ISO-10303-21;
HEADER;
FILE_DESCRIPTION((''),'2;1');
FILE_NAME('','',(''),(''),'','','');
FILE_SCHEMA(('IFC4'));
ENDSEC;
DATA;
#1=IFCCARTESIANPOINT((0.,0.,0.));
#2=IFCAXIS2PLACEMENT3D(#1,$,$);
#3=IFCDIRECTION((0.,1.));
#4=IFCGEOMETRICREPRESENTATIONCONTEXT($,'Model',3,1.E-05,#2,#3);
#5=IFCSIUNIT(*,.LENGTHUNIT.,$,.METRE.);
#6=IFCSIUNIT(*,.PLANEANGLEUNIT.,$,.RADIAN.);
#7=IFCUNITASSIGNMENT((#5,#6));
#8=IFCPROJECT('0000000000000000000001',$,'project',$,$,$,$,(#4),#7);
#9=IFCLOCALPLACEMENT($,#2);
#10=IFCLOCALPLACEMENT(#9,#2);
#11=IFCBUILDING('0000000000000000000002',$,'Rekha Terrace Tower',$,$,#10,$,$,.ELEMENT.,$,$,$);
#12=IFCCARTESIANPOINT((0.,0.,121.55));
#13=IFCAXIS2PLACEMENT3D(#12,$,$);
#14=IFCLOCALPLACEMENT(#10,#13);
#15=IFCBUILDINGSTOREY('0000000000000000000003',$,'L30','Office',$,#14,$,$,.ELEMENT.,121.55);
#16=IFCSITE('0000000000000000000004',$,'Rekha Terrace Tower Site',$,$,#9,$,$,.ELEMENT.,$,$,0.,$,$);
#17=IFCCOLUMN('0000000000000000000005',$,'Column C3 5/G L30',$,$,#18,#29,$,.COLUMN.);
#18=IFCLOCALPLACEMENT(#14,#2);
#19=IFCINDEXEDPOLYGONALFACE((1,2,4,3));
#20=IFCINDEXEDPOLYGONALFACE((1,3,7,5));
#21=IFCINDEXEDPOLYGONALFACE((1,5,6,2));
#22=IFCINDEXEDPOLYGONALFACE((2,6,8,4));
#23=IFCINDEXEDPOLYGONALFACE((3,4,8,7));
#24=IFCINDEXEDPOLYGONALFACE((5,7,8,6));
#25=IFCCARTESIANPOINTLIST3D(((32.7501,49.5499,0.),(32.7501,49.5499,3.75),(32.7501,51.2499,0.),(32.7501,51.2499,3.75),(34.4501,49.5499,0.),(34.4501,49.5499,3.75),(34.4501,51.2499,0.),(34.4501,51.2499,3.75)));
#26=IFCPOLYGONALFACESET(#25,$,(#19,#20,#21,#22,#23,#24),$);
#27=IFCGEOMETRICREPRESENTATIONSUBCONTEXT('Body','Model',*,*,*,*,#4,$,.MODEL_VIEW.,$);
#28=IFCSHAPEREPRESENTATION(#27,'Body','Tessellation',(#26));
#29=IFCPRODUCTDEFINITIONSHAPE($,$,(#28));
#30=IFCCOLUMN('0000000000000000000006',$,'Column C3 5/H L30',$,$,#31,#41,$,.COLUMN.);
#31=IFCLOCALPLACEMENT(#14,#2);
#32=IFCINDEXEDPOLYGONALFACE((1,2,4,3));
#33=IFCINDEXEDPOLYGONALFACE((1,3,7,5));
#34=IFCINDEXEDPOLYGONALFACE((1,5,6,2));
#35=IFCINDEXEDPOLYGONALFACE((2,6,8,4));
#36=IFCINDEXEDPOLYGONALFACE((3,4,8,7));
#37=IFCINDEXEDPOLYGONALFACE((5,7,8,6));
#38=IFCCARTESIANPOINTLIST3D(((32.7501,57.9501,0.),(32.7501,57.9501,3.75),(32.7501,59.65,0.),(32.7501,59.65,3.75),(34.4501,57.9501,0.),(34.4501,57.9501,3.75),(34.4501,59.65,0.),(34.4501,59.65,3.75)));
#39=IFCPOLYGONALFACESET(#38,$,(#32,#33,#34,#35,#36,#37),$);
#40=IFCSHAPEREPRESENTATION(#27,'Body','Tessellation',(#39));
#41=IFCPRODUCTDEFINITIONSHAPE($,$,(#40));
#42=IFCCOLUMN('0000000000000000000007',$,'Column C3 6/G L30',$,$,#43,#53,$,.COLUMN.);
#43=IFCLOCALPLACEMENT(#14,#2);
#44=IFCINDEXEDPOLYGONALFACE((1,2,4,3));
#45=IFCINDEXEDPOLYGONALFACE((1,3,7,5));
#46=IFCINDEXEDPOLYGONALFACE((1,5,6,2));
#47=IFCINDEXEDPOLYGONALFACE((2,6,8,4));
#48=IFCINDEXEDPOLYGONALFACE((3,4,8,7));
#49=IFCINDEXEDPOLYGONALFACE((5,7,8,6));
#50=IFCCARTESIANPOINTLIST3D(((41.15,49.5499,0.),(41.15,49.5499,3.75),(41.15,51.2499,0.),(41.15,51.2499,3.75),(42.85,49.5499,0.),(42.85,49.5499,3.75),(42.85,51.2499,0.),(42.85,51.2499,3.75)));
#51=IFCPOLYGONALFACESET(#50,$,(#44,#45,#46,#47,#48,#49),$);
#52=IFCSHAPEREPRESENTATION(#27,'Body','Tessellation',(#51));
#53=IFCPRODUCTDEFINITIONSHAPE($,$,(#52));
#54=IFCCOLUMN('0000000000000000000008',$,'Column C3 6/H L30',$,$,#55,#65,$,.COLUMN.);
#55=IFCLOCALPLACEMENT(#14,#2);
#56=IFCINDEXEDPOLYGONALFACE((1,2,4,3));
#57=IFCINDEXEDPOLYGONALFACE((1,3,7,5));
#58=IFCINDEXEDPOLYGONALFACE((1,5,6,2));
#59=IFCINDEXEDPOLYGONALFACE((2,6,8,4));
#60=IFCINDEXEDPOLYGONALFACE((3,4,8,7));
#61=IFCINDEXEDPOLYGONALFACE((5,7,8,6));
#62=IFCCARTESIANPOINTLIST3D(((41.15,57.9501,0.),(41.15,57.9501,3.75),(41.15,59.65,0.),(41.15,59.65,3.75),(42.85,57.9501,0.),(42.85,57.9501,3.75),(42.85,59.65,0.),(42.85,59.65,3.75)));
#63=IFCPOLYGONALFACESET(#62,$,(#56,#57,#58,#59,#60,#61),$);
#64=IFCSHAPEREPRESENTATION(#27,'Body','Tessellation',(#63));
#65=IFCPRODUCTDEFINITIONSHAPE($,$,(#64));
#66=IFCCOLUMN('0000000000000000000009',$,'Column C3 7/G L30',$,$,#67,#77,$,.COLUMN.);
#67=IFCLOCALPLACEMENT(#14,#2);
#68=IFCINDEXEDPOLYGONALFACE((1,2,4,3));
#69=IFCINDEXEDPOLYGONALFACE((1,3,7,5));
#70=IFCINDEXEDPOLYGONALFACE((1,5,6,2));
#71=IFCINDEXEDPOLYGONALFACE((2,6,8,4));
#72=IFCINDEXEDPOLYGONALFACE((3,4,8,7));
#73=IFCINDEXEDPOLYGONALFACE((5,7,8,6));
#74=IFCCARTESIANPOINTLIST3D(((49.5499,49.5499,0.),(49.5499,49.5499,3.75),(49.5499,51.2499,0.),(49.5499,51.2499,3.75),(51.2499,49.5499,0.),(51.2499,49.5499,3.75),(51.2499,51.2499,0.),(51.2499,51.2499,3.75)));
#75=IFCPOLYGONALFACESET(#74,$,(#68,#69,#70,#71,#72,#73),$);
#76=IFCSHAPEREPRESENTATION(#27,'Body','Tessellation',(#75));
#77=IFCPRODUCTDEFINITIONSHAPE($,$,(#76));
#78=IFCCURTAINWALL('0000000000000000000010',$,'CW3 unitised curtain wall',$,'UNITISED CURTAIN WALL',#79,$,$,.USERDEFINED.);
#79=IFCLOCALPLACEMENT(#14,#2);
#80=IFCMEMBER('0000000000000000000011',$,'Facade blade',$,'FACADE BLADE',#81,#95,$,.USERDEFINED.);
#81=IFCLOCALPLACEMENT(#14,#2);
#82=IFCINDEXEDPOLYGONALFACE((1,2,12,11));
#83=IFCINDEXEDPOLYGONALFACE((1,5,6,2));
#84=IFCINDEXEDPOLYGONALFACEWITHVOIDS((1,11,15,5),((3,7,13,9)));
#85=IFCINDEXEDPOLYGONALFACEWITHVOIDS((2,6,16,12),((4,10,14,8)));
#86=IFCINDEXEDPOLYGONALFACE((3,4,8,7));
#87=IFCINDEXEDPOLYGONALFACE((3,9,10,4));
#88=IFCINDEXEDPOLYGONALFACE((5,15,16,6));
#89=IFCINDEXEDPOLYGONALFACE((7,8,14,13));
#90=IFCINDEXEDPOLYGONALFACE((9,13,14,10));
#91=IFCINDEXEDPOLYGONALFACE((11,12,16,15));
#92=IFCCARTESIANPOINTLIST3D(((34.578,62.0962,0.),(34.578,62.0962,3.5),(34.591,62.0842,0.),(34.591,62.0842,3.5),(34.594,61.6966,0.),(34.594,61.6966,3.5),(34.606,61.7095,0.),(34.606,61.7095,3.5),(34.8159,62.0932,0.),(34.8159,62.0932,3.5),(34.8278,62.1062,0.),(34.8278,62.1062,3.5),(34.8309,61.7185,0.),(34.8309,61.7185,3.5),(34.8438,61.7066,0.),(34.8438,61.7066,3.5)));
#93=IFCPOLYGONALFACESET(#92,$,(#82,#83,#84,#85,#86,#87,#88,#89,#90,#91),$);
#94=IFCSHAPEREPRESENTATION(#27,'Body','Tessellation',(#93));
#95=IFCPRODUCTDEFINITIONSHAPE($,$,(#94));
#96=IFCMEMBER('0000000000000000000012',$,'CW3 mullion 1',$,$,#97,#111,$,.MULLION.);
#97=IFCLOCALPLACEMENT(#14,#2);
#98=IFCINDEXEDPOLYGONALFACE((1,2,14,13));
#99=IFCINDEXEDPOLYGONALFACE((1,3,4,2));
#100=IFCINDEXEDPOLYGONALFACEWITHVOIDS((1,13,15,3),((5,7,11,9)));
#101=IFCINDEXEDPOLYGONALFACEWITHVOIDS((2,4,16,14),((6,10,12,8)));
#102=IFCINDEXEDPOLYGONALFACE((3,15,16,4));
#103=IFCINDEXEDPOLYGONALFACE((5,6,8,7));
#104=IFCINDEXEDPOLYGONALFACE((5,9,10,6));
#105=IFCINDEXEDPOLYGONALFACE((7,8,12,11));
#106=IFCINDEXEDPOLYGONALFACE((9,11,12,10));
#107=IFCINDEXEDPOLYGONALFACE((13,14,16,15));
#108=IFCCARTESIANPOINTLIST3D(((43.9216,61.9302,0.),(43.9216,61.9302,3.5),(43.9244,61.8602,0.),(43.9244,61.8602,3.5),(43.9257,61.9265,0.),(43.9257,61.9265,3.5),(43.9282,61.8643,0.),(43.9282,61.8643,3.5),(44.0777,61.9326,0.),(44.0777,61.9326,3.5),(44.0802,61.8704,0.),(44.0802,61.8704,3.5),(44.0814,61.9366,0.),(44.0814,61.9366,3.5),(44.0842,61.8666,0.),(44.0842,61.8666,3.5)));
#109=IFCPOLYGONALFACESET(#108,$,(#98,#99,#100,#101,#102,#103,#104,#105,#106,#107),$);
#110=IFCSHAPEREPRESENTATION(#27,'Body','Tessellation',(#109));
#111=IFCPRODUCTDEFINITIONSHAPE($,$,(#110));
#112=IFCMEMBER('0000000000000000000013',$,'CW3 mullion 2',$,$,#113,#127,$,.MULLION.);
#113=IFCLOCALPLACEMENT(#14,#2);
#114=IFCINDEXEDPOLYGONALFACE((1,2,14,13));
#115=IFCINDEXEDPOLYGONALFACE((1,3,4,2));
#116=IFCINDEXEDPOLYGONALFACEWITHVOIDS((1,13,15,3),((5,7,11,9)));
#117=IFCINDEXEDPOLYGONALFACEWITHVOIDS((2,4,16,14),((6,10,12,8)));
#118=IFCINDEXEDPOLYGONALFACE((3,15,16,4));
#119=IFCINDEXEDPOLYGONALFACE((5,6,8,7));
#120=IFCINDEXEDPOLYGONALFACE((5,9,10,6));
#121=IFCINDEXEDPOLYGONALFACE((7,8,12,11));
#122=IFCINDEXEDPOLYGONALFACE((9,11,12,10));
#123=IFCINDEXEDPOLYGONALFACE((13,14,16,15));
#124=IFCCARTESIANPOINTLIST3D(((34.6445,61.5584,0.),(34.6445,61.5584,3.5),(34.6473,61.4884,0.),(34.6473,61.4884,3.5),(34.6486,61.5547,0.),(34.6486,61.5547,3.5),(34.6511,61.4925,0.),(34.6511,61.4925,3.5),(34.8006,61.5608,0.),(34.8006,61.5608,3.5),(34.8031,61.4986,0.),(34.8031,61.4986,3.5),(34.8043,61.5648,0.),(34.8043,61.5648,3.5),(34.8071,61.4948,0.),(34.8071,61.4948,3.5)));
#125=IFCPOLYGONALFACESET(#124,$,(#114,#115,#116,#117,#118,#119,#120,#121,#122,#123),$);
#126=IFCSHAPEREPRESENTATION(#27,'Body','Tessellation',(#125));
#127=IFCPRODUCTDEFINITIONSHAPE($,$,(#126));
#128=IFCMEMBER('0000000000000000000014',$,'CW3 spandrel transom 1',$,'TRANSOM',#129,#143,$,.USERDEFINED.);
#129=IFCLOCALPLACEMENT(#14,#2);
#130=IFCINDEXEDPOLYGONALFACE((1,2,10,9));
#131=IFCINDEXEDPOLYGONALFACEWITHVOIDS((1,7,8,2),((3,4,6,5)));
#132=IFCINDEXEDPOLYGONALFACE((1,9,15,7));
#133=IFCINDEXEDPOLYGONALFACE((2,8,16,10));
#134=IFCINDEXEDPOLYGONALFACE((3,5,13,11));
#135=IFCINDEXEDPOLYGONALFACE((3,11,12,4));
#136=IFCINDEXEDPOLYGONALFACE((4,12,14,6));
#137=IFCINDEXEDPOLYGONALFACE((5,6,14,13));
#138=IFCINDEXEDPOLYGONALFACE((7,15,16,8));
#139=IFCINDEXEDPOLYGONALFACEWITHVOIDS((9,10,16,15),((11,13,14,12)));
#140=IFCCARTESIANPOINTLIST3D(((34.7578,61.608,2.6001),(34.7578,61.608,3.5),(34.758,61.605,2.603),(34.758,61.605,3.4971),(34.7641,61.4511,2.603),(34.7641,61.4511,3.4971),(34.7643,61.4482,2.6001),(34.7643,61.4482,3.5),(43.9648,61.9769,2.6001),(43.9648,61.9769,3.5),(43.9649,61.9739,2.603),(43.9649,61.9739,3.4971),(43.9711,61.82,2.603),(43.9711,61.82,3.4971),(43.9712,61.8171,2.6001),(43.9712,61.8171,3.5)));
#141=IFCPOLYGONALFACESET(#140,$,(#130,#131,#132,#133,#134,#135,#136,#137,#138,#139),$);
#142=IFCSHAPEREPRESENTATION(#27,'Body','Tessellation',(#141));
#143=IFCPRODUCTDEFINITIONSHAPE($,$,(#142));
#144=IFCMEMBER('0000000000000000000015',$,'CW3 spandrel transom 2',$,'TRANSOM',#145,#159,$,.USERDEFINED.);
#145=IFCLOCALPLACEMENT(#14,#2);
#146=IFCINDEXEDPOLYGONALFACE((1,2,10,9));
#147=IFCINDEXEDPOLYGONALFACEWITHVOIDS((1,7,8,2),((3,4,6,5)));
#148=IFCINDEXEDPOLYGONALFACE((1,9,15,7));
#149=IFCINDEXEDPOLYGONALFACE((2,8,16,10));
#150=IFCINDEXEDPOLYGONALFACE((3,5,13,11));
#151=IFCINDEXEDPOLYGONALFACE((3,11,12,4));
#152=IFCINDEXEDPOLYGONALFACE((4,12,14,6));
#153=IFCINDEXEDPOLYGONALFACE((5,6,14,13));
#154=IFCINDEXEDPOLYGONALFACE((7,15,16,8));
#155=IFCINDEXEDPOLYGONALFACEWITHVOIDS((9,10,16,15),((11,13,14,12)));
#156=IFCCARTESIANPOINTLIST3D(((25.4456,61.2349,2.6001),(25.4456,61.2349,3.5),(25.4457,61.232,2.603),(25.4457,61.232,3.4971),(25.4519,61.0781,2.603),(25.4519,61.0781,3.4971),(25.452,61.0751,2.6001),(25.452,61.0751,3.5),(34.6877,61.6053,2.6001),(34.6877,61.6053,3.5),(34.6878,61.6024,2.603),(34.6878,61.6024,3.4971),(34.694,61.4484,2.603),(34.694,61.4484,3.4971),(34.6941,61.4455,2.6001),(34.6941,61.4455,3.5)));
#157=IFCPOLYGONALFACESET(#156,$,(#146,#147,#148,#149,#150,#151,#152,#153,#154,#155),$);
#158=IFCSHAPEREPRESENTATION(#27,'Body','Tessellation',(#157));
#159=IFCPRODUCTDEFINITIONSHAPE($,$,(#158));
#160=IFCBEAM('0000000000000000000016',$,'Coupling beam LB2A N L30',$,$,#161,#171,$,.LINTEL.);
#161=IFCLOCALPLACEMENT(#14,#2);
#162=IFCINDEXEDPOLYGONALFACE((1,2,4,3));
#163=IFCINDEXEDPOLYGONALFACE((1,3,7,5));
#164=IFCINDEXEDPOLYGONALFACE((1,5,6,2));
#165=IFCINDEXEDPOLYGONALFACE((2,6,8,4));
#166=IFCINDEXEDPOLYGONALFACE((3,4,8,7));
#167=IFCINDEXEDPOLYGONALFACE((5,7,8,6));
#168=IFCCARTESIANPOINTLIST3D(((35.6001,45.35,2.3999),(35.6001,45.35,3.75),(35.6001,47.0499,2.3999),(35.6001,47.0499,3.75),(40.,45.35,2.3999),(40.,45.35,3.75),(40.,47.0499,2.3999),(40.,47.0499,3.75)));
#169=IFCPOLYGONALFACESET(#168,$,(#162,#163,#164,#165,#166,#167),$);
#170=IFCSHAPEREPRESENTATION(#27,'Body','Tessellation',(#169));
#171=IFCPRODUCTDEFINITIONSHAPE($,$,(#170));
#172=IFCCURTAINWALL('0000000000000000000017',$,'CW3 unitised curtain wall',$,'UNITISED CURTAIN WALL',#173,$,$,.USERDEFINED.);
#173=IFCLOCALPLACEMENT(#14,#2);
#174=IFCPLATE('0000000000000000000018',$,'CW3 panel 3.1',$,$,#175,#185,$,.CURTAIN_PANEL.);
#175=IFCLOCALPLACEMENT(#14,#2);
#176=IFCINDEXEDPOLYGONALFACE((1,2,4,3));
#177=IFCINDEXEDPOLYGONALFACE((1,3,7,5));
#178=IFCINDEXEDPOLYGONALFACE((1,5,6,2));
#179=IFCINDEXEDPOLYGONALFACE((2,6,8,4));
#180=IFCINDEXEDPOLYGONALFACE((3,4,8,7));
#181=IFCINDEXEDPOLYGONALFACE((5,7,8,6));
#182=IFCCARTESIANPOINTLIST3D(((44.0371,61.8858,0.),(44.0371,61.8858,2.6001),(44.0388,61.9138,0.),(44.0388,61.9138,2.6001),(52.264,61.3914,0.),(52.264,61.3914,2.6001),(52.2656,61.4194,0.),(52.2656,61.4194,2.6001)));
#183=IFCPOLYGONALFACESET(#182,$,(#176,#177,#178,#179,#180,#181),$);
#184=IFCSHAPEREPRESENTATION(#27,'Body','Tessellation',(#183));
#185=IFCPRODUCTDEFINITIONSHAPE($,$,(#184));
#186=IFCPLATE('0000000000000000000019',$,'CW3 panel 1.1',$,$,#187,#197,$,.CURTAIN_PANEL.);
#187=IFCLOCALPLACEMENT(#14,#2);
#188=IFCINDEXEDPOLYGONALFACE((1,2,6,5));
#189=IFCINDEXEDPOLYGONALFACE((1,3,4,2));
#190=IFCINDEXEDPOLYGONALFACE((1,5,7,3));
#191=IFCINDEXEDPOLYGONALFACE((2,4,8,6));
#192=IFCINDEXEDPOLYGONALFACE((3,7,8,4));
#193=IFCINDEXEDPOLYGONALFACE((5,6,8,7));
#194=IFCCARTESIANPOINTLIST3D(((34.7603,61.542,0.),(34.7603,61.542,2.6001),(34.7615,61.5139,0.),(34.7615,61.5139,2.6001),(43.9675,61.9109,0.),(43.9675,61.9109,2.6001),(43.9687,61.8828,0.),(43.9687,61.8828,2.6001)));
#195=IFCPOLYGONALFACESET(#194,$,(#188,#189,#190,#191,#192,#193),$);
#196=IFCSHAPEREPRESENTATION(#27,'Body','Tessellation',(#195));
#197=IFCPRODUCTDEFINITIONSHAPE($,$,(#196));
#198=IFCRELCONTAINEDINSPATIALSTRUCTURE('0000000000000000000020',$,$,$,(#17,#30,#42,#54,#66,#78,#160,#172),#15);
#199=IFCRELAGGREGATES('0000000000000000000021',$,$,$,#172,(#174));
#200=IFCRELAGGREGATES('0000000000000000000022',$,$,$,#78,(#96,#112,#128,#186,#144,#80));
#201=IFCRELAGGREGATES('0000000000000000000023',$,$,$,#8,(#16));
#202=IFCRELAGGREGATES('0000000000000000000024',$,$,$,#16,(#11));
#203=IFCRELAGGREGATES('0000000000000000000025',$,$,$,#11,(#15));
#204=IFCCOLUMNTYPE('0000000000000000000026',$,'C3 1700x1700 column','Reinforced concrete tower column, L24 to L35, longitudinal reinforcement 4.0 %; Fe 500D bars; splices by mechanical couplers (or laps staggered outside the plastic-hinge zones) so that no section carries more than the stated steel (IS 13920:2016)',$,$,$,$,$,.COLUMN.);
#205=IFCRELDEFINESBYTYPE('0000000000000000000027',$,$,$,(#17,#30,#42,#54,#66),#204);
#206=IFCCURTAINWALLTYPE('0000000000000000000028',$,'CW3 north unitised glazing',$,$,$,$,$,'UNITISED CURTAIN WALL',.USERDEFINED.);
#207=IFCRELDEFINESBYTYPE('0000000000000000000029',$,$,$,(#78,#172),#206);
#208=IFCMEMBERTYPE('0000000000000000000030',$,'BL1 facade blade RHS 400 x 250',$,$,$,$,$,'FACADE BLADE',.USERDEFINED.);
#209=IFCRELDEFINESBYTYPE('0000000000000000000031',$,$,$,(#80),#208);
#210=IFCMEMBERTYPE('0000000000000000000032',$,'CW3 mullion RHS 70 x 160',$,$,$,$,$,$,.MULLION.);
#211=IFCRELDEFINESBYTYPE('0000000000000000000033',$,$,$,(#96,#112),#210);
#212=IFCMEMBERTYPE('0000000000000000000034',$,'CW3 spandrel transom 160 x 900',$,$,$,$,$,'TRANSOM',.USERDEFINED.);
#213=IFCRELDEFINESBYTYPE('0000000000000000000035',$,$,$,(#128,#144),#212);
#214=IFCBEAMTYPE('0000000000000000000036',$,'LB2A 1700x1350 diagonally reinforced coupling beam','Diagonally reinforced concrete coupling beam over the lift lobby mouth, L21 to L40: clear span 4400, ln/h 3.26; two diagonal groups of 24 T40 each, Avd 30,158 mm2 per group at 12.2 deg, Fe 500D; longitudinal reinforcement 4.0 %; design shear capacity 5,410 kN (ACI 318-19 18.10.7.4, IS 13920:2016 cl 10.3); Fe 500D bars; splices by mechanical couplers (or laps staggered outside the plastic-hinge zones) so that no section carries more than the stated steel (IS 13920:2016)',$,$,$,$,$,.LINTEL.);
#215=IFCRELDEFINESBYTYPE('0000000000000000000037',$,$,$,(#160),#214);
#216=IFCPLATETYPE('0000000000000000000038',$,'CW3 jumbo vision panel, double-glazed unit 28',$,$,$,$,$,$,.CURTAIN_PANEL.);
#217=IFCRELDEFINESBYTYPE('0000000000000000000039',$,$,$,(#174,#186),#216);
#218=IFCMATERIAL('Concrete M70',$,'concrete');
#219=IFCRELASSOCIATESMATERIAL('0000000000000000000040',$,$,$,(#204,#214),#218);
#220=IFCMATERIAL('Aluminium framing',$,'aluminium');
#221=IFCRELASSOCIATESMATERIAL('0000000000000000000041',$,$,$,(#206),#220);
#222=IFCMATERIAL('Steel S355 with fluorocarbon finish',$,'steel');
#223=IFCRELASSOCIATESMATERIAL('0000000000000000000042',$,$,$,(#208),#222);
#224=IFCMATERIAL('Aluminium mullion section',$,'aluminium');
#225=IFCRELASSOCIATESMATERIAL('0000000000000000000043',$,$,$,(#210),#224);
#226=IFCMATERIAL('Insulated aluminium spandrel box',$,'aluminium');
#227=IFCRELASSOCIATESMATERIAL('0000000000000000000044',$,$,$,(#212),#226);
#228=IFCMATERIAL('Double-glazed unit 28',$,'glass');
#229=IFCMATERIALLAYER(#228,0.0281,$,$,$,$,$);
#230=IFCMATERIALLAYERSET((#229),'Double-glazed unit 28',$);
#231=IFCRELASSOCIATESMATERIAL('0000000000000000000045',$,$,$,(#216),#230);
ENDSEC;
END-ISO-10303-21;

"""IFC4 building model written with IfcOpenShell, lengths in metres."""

from ifc_helpers import new_model, si_unit, direction, frame, origin, origin_2d, place, context, subcontext, project, spatial, rectangle, hollow_rectangle, extrude, material, layer, layer_set, material_profile, profile_set, type_object, element, aggregate, save


model = new_model("IFC4")

# Units and contexts
model_context = context("Model", 3, precision=1e-05, world=origin(), true_north=direction((0.0, 1.0)))
body_context = subcontext(model_context, "Body", "Model", "MODEL_VIEW")
ifc_project = project(units=[si_unit("LENGTHUNIT", "METRE"), si_unit("PLANEANGLEUNIT", "RADIAN")], contexts=[model_context])

# Site, building, storey
site_placement = place(None, origin())
site = spatial("IfcSite", under=ifc_project, at=site_placement, Name="Rekha Terrace Tower Site", CompositionType="ELEMENT", RefElevation=0.0)
building_placement = place(site_placement, origin())
building = spatial("IfcBuilding", under=site, at=building_placement, Name="Rekha Terrace Tower", CompositionType="ELEMENT")
storey_placement = place(building_placement, frame((0.0, 0.0, 121.55)))
storey = spatial("IfcBuildingStorey", under=building, at=storey_placement, Name="L30", Description="Office", CompositionType="ELEMENT", Elevation=121.55)

# Columns
ifc_material_1 = material(Name="Concrete M70", Category="concrete")
ifc_material_profile_1 = material_profile(ifc_material_1, rectangle(XDim=1.7, YDim=1.7, at=origin_2d()), Name="RC 1700x1700")
ifc_profile_set_1 = profile_set([ifc_material_profile_1], Name="Concrete M70")
column_type = type_object("IfcColumnType", Name="C3 1700x1700 column", Description="Reinforced concrete tower column, L24 to L35, longitudinal reinforcement 4.0 %; Fe 500D bars; splices by mechanical couplers (or laps staggered outside the plastic-hinge zones) so that no section carries more than the stated steel (IS 13920:2016)", PredefinedType="COLUMN", material=ifc_profile_set_1)
for number, where, z_axis, x_axis, name in (
    (1, (33.6001, 50.3999, 0.0), (0.0, 0.0, 1.0), (1.0, 0.0, 0.0), "Column C3 5/G L30"),
    (2, (33.6001, 58.8, 0.0), (0.0, 0.0, 1.0), (1.0, 0.0, 0.0), "Column C3 5/H L30"),
    (3, (42.0, 50.3999, 0.0), (0.0, 0.0, 1.0), (1.0, 0.0, 0.0), "Column C3 6/G L30"),
    (4, (42.0, 58.8, 0.0), (0.0, 0.0, 1.0), (1.0, 0.0, 0.0), "Column C3 6/H L30"),
    (5, (50.3999, 50.3999, 0.0), (0.0, 0.0, 1.0), (1.0, 0.0, 0.0), "Column C3 7/G L30"),
):
    element("IfcColumn", number, at=place(storey_placement, frame(where, z_axis=z_axis, x_axis=x_axis)), inside=storey, type_object=column_type, Name=name, PredefinedType="COLUMN", context=body_context, shape_type="SweptSolid", body=[
        extrude(rectangle(XDim=1.7, YDim=1.7, at=origin_2d()), origin(), (0.0, 0.0, 1.0), 3.75),
    ])

# Curtain wall, members
ifc_material_2 = material(Name="Aluminium framing", Category="aluminium")
curtain_wall_type = type_object("IfcCurtainWallType", Name="CW3 north unitised glazing", ElementType="UNITISED CURTAIN WALL", PredefinedType="USERDEFINED", material=ifc_material_2)
curtain_wall_1_placement = place(storey_placement, origin())
curtain_wall_1 = element("IfcCurtainWall", 6, at=curtain_wall_1_placement, inside=storey, type_object=curtain_wall_type, Name="CW3 unitised curtain wall", ObjectType="UNITISED CURTAIN WALL", PredefinedType="USERDEFINED")
ifc_material_3 = material(Name="Steel S355 with fluorocarbon finish", Category="steel")
ifc_material_profile_2 = material_profile(ifc_material_3, hollow_rectangle(XDim=0.25, YDim=0.3999, WallThickness=0.0125, at=origin_2d()), Name="RHS400x250x12.5")
ifc_profile_set_2 = profile_set([ifc_material_profile_2], Name="Steel S355 with fluorocarbon finish")
member_type_1 = type_object("IfcMemberType", Name="BL1 facade blade RHS 400 x 250", ElementType="FACADE BLADE", PredefinedType="USERDEFINED", material=ifc_profile_set_2)
member_1_placement = place(storey_placement, frame((34.7109, 61.9014, 0.0), z_axis=(0.0, 0.0, 1.0), x_axis=(-0.999198, -0.040032, 0.0)))
member_1 = element("IfcMember", 7, at=member_1_placement, type_object=member_type_1, Name="Facade blade", ObjectType="FACADE BLADE", PredefinedType="USERDEFINED", context=body_context, shape_type="SweptSolid", body=[
    extrude(hollow_rectangle(XDim=0.25, YDim=0.3999, WallThickness=0.0125, at=origin_2d()), origin(), (0.0, 0.0, 1.0), 3.5),
])
ifc_material_4 = material(Name="Aluminium mullion section", Category="aluminium")
ifc_material_profile_3 = material_profile(ifc_material_4, hollow_rectangle(XDim=0.0701, YDim=0.1599, WallThickness=0.0039, at=origin_2d()), Name="AL RHS 70x160")
ifc_profile_set_3 = profile_set([ifc_material_profile_3], Name="Aluminium mullion section")
member_type_2 = type_object("IfcMemberType", Name="CW3 mullion RHS 70 x 160", PredefinedType="MULLION", material=ifc_profile_set_3)
member_2_placement = place(storey_placement, frame((44.0029, 61.8984, 0.0), z_axis=(0.0, 0.0, 1.0), x_axis=(0.040032, -0.999198, 0.0)))
member_2 = element("IfcMember", 8, at=member_2_placement, type_object=member_type_2, Name="CW3 mullion 1", PredefinedType="MULLION", context=body_context, shape_type="SweptSolid", body=[
    extrude(hollow_rectangle(XDim=0.0701, YDim=0.1599, WallThickness=0.0039, at=origin_2d()), origin(), (0.0, 0.0, 1.0), 3.5),
])
member_3_placement = place(storey_placement, frame((34.7258, 61.5266, 0.0), z_axis=(0.0, 0.0, 1.0), x_axis=(0.040032, -0.999198, 0.0)))
member_3 = element("IfcMember", 9, at=member_3_placement, type_object=member_type_2, Name="CW3 mullion 2", PredefinedType="MULLION", context=body_context, shape_type="SweptSolid", body=[
    extrude(hollow_rectangle(XDim=0.0701, YDim=0.1599, WallThickness=0.0039, at=origin_2d()), origin(), (0.0, 0.0, 1.0), 3.5),
])
ifc_material_5 = material(Name="Insulated aluminium spandrel box", Category="aluminium")
ifc_material_profile_4 = material_profile(ifc_material_5, hollow_rectangle(XDim=0.1599, YDim=0.8999, WallThickness=0.0029, at=origin_2d()), Name="AL SPANDREL BOX 160x900")
ifc_profile_set_4 = profile_set([ifc_material_profile_4], Name="Insulated aluminium spandrel box")
member_type_3 = type_object("IfcMemberType", Name="CW3 spandrel transom 160 x 900", ElementType="TRANSOM", PredefinedType="USERDEFINED", material=ifc_profile_set_4)
member_4_placement = place(storey_placement, frame((43.968, 61.897, 3.05), z_axis=(-0.999198, -0.040035, 0.0), x_axis=(0.040035, -0.999198, 0.0)))
member_4 = element("IfcMember", 10, at=member_4_placement, type_object=member_type_3, Name="CW3 spandrel transom 1", ObjectType="TRANSOM", PredefinedType="USERDEFINED", context=body_context, shape_type="SweptSolid", body=[
    extrude(hollow_rectangle(XDim=0.1599, YDim=0.8999, WallThickness=0.0029, at=origin_2d()), origin(), (0.0, 0.0, 1.0), 9.2144),
])
member_5_placement = place(storey_placement, frame((34.6909, 61.5254, 3.05), z_axis=(-0.999198, -0.040041, 0.0), x_axis=(0.040041, -0.999198, 0.0)))
member_5 = element("IfcMember", 11, at=member_5_placement, type_object=member_type_3, Name="CW3 spandrel transom 2", ObjectType="TRANSOM", PredefinedType="USERDEFINED", context=body_context, shape_type="SweptSolid", body=[
    extrude(hollow_rectangle(XDim=0.1599, YDim=0.8999, WallThickness=0.0029, at=origin_2d()), origin(), (0.0, 0.0, 1.0), 9.2495),
])

# Beam
ifc_material_profile_5 = material_profile(ifc_material_1, rectangle(XDim=1.7, YDim=1.3501, at=origin_2d()), Name="RC 1700x1350")
ifc_profile_set_5 = profile_set([ifc_material_profile_5], Name="Concrete M70")
beam_type = type_object("IfcBeamType", Name="LB2A 1700x1350 diagonally reinforced coupling beam", Description="Diagonally reinforced concrete coupling beam over the lift lobby mouth, L21 to L40: clear span 4400, ln/h 3.26; two diagonal groups of 24 T40 each, Avd 30,158 mm2 per group at 12.2 deg, Fe 500D; longitudinal reinforcement 4.0 %; design shear capacity 5,410 kN (ACI 318-19 18.10.7.4, IS 13920:2016 cl 10.3); Fe 500D bars; splices by mechanical couplers (or laps staggered outside the plastic-hinge zones) so that no section carries more than the stated steel (IS 13920:2016)", PredefinedType="LINTEL", material=ifc_profile_set_5)
beam_placement = place(storey_placement, frame((35.6001, 46.2, 3.075), z_axis=(1.0, 0.0, 0.0), x_axis=(0.0, 1.0, 0.0)))
element("IfcBeam", 12, at=beam_placement, inside=storey, type_object=beam_type, Name="Coupling beam LB2A N L30", PredefinedType="LINTEL", context=body_context, shape_type="SweptSolid", body=[
    extrude(rectangle(XDim=1.7, YDim=1.3501, at=origin_2d()), origin(), (0.0, 0.0, 1.0), 4.3999),
])

# Curtain wall, plate
curtain_wall_2_placement = place(storey_placement, origin())
curtain_wall_2 = element("IfcCurtainWall", 13, at=curtain_wall_2_placement, inside=storey, type_object=curtain_wall_type, Name="CW3 unitised curtain wall", ObjectType="UNITISED CURTAIN WALL", PredefinedType="USERDEFINED")
ifc_material_6 = material(Name="Double-glazed unit 28", Category="glass")
ifc_layer_1 = layer(ifc_material_6, 0.0281)
ifc_layer_set_1 = layer_set([ifc_layer_1], Name="Double-glazed unit 28")
plate_type = type_object("IfcPlateType", Name="CW3 jumbo vision panel, double-glazed unit 28", PredefinedType="CURTAIN_PANEL", material=ifc_layer_set_1)
plate_1_placement = place(storey_placement, frame((48.1514, 61.6526, 0.0), z_axis=(0.0, 0.0, 1.0), x_axis=(-0.998199, 0.059988, 0.0)))
plate_1 = element("IfcPlate", 14, at=plate_1_placement, type_object=plate_type, Name="CW3 panel 3.1", PredefinedType="CURTAIN_PANEL", context=body_context, shape_type="SweptSolid", body=[
    extrude(rectangle(XDim=8.2417, YDim=0.0281, at=origin_2d()), origin(), (0.0, 0.0, 1.0), 2.6001),
])
aggregate(curtain_wall_2, [plate_1])

# Plate
plate_2_placement = place(storey_placement, frame((39.3645, 61.7124, 0.0), z_axis=(0.0, 0.0, 1.0), x_axis=(-0.999198, -0.040032, 0.0)))
plate_2 = element("IfcPlate", 15, at=plate_2_placement, type_object=plate_type, Name="CW3 panel 1.1", PredefinedType="CURTAIN_PANEL", context=body_context, shape_type="SweptSolid", body=[
    extrude(rectangle(XDim=9.2146, YDim=0.0281, at=origin_2d()), origin(), (0.0, 0.0, 1.0), 2.6001),
])
aggregate(curtain_wall_1, [member_2, member_3, member_4, plate_2, member_5, member_1])

save(model, "model.ifc")
